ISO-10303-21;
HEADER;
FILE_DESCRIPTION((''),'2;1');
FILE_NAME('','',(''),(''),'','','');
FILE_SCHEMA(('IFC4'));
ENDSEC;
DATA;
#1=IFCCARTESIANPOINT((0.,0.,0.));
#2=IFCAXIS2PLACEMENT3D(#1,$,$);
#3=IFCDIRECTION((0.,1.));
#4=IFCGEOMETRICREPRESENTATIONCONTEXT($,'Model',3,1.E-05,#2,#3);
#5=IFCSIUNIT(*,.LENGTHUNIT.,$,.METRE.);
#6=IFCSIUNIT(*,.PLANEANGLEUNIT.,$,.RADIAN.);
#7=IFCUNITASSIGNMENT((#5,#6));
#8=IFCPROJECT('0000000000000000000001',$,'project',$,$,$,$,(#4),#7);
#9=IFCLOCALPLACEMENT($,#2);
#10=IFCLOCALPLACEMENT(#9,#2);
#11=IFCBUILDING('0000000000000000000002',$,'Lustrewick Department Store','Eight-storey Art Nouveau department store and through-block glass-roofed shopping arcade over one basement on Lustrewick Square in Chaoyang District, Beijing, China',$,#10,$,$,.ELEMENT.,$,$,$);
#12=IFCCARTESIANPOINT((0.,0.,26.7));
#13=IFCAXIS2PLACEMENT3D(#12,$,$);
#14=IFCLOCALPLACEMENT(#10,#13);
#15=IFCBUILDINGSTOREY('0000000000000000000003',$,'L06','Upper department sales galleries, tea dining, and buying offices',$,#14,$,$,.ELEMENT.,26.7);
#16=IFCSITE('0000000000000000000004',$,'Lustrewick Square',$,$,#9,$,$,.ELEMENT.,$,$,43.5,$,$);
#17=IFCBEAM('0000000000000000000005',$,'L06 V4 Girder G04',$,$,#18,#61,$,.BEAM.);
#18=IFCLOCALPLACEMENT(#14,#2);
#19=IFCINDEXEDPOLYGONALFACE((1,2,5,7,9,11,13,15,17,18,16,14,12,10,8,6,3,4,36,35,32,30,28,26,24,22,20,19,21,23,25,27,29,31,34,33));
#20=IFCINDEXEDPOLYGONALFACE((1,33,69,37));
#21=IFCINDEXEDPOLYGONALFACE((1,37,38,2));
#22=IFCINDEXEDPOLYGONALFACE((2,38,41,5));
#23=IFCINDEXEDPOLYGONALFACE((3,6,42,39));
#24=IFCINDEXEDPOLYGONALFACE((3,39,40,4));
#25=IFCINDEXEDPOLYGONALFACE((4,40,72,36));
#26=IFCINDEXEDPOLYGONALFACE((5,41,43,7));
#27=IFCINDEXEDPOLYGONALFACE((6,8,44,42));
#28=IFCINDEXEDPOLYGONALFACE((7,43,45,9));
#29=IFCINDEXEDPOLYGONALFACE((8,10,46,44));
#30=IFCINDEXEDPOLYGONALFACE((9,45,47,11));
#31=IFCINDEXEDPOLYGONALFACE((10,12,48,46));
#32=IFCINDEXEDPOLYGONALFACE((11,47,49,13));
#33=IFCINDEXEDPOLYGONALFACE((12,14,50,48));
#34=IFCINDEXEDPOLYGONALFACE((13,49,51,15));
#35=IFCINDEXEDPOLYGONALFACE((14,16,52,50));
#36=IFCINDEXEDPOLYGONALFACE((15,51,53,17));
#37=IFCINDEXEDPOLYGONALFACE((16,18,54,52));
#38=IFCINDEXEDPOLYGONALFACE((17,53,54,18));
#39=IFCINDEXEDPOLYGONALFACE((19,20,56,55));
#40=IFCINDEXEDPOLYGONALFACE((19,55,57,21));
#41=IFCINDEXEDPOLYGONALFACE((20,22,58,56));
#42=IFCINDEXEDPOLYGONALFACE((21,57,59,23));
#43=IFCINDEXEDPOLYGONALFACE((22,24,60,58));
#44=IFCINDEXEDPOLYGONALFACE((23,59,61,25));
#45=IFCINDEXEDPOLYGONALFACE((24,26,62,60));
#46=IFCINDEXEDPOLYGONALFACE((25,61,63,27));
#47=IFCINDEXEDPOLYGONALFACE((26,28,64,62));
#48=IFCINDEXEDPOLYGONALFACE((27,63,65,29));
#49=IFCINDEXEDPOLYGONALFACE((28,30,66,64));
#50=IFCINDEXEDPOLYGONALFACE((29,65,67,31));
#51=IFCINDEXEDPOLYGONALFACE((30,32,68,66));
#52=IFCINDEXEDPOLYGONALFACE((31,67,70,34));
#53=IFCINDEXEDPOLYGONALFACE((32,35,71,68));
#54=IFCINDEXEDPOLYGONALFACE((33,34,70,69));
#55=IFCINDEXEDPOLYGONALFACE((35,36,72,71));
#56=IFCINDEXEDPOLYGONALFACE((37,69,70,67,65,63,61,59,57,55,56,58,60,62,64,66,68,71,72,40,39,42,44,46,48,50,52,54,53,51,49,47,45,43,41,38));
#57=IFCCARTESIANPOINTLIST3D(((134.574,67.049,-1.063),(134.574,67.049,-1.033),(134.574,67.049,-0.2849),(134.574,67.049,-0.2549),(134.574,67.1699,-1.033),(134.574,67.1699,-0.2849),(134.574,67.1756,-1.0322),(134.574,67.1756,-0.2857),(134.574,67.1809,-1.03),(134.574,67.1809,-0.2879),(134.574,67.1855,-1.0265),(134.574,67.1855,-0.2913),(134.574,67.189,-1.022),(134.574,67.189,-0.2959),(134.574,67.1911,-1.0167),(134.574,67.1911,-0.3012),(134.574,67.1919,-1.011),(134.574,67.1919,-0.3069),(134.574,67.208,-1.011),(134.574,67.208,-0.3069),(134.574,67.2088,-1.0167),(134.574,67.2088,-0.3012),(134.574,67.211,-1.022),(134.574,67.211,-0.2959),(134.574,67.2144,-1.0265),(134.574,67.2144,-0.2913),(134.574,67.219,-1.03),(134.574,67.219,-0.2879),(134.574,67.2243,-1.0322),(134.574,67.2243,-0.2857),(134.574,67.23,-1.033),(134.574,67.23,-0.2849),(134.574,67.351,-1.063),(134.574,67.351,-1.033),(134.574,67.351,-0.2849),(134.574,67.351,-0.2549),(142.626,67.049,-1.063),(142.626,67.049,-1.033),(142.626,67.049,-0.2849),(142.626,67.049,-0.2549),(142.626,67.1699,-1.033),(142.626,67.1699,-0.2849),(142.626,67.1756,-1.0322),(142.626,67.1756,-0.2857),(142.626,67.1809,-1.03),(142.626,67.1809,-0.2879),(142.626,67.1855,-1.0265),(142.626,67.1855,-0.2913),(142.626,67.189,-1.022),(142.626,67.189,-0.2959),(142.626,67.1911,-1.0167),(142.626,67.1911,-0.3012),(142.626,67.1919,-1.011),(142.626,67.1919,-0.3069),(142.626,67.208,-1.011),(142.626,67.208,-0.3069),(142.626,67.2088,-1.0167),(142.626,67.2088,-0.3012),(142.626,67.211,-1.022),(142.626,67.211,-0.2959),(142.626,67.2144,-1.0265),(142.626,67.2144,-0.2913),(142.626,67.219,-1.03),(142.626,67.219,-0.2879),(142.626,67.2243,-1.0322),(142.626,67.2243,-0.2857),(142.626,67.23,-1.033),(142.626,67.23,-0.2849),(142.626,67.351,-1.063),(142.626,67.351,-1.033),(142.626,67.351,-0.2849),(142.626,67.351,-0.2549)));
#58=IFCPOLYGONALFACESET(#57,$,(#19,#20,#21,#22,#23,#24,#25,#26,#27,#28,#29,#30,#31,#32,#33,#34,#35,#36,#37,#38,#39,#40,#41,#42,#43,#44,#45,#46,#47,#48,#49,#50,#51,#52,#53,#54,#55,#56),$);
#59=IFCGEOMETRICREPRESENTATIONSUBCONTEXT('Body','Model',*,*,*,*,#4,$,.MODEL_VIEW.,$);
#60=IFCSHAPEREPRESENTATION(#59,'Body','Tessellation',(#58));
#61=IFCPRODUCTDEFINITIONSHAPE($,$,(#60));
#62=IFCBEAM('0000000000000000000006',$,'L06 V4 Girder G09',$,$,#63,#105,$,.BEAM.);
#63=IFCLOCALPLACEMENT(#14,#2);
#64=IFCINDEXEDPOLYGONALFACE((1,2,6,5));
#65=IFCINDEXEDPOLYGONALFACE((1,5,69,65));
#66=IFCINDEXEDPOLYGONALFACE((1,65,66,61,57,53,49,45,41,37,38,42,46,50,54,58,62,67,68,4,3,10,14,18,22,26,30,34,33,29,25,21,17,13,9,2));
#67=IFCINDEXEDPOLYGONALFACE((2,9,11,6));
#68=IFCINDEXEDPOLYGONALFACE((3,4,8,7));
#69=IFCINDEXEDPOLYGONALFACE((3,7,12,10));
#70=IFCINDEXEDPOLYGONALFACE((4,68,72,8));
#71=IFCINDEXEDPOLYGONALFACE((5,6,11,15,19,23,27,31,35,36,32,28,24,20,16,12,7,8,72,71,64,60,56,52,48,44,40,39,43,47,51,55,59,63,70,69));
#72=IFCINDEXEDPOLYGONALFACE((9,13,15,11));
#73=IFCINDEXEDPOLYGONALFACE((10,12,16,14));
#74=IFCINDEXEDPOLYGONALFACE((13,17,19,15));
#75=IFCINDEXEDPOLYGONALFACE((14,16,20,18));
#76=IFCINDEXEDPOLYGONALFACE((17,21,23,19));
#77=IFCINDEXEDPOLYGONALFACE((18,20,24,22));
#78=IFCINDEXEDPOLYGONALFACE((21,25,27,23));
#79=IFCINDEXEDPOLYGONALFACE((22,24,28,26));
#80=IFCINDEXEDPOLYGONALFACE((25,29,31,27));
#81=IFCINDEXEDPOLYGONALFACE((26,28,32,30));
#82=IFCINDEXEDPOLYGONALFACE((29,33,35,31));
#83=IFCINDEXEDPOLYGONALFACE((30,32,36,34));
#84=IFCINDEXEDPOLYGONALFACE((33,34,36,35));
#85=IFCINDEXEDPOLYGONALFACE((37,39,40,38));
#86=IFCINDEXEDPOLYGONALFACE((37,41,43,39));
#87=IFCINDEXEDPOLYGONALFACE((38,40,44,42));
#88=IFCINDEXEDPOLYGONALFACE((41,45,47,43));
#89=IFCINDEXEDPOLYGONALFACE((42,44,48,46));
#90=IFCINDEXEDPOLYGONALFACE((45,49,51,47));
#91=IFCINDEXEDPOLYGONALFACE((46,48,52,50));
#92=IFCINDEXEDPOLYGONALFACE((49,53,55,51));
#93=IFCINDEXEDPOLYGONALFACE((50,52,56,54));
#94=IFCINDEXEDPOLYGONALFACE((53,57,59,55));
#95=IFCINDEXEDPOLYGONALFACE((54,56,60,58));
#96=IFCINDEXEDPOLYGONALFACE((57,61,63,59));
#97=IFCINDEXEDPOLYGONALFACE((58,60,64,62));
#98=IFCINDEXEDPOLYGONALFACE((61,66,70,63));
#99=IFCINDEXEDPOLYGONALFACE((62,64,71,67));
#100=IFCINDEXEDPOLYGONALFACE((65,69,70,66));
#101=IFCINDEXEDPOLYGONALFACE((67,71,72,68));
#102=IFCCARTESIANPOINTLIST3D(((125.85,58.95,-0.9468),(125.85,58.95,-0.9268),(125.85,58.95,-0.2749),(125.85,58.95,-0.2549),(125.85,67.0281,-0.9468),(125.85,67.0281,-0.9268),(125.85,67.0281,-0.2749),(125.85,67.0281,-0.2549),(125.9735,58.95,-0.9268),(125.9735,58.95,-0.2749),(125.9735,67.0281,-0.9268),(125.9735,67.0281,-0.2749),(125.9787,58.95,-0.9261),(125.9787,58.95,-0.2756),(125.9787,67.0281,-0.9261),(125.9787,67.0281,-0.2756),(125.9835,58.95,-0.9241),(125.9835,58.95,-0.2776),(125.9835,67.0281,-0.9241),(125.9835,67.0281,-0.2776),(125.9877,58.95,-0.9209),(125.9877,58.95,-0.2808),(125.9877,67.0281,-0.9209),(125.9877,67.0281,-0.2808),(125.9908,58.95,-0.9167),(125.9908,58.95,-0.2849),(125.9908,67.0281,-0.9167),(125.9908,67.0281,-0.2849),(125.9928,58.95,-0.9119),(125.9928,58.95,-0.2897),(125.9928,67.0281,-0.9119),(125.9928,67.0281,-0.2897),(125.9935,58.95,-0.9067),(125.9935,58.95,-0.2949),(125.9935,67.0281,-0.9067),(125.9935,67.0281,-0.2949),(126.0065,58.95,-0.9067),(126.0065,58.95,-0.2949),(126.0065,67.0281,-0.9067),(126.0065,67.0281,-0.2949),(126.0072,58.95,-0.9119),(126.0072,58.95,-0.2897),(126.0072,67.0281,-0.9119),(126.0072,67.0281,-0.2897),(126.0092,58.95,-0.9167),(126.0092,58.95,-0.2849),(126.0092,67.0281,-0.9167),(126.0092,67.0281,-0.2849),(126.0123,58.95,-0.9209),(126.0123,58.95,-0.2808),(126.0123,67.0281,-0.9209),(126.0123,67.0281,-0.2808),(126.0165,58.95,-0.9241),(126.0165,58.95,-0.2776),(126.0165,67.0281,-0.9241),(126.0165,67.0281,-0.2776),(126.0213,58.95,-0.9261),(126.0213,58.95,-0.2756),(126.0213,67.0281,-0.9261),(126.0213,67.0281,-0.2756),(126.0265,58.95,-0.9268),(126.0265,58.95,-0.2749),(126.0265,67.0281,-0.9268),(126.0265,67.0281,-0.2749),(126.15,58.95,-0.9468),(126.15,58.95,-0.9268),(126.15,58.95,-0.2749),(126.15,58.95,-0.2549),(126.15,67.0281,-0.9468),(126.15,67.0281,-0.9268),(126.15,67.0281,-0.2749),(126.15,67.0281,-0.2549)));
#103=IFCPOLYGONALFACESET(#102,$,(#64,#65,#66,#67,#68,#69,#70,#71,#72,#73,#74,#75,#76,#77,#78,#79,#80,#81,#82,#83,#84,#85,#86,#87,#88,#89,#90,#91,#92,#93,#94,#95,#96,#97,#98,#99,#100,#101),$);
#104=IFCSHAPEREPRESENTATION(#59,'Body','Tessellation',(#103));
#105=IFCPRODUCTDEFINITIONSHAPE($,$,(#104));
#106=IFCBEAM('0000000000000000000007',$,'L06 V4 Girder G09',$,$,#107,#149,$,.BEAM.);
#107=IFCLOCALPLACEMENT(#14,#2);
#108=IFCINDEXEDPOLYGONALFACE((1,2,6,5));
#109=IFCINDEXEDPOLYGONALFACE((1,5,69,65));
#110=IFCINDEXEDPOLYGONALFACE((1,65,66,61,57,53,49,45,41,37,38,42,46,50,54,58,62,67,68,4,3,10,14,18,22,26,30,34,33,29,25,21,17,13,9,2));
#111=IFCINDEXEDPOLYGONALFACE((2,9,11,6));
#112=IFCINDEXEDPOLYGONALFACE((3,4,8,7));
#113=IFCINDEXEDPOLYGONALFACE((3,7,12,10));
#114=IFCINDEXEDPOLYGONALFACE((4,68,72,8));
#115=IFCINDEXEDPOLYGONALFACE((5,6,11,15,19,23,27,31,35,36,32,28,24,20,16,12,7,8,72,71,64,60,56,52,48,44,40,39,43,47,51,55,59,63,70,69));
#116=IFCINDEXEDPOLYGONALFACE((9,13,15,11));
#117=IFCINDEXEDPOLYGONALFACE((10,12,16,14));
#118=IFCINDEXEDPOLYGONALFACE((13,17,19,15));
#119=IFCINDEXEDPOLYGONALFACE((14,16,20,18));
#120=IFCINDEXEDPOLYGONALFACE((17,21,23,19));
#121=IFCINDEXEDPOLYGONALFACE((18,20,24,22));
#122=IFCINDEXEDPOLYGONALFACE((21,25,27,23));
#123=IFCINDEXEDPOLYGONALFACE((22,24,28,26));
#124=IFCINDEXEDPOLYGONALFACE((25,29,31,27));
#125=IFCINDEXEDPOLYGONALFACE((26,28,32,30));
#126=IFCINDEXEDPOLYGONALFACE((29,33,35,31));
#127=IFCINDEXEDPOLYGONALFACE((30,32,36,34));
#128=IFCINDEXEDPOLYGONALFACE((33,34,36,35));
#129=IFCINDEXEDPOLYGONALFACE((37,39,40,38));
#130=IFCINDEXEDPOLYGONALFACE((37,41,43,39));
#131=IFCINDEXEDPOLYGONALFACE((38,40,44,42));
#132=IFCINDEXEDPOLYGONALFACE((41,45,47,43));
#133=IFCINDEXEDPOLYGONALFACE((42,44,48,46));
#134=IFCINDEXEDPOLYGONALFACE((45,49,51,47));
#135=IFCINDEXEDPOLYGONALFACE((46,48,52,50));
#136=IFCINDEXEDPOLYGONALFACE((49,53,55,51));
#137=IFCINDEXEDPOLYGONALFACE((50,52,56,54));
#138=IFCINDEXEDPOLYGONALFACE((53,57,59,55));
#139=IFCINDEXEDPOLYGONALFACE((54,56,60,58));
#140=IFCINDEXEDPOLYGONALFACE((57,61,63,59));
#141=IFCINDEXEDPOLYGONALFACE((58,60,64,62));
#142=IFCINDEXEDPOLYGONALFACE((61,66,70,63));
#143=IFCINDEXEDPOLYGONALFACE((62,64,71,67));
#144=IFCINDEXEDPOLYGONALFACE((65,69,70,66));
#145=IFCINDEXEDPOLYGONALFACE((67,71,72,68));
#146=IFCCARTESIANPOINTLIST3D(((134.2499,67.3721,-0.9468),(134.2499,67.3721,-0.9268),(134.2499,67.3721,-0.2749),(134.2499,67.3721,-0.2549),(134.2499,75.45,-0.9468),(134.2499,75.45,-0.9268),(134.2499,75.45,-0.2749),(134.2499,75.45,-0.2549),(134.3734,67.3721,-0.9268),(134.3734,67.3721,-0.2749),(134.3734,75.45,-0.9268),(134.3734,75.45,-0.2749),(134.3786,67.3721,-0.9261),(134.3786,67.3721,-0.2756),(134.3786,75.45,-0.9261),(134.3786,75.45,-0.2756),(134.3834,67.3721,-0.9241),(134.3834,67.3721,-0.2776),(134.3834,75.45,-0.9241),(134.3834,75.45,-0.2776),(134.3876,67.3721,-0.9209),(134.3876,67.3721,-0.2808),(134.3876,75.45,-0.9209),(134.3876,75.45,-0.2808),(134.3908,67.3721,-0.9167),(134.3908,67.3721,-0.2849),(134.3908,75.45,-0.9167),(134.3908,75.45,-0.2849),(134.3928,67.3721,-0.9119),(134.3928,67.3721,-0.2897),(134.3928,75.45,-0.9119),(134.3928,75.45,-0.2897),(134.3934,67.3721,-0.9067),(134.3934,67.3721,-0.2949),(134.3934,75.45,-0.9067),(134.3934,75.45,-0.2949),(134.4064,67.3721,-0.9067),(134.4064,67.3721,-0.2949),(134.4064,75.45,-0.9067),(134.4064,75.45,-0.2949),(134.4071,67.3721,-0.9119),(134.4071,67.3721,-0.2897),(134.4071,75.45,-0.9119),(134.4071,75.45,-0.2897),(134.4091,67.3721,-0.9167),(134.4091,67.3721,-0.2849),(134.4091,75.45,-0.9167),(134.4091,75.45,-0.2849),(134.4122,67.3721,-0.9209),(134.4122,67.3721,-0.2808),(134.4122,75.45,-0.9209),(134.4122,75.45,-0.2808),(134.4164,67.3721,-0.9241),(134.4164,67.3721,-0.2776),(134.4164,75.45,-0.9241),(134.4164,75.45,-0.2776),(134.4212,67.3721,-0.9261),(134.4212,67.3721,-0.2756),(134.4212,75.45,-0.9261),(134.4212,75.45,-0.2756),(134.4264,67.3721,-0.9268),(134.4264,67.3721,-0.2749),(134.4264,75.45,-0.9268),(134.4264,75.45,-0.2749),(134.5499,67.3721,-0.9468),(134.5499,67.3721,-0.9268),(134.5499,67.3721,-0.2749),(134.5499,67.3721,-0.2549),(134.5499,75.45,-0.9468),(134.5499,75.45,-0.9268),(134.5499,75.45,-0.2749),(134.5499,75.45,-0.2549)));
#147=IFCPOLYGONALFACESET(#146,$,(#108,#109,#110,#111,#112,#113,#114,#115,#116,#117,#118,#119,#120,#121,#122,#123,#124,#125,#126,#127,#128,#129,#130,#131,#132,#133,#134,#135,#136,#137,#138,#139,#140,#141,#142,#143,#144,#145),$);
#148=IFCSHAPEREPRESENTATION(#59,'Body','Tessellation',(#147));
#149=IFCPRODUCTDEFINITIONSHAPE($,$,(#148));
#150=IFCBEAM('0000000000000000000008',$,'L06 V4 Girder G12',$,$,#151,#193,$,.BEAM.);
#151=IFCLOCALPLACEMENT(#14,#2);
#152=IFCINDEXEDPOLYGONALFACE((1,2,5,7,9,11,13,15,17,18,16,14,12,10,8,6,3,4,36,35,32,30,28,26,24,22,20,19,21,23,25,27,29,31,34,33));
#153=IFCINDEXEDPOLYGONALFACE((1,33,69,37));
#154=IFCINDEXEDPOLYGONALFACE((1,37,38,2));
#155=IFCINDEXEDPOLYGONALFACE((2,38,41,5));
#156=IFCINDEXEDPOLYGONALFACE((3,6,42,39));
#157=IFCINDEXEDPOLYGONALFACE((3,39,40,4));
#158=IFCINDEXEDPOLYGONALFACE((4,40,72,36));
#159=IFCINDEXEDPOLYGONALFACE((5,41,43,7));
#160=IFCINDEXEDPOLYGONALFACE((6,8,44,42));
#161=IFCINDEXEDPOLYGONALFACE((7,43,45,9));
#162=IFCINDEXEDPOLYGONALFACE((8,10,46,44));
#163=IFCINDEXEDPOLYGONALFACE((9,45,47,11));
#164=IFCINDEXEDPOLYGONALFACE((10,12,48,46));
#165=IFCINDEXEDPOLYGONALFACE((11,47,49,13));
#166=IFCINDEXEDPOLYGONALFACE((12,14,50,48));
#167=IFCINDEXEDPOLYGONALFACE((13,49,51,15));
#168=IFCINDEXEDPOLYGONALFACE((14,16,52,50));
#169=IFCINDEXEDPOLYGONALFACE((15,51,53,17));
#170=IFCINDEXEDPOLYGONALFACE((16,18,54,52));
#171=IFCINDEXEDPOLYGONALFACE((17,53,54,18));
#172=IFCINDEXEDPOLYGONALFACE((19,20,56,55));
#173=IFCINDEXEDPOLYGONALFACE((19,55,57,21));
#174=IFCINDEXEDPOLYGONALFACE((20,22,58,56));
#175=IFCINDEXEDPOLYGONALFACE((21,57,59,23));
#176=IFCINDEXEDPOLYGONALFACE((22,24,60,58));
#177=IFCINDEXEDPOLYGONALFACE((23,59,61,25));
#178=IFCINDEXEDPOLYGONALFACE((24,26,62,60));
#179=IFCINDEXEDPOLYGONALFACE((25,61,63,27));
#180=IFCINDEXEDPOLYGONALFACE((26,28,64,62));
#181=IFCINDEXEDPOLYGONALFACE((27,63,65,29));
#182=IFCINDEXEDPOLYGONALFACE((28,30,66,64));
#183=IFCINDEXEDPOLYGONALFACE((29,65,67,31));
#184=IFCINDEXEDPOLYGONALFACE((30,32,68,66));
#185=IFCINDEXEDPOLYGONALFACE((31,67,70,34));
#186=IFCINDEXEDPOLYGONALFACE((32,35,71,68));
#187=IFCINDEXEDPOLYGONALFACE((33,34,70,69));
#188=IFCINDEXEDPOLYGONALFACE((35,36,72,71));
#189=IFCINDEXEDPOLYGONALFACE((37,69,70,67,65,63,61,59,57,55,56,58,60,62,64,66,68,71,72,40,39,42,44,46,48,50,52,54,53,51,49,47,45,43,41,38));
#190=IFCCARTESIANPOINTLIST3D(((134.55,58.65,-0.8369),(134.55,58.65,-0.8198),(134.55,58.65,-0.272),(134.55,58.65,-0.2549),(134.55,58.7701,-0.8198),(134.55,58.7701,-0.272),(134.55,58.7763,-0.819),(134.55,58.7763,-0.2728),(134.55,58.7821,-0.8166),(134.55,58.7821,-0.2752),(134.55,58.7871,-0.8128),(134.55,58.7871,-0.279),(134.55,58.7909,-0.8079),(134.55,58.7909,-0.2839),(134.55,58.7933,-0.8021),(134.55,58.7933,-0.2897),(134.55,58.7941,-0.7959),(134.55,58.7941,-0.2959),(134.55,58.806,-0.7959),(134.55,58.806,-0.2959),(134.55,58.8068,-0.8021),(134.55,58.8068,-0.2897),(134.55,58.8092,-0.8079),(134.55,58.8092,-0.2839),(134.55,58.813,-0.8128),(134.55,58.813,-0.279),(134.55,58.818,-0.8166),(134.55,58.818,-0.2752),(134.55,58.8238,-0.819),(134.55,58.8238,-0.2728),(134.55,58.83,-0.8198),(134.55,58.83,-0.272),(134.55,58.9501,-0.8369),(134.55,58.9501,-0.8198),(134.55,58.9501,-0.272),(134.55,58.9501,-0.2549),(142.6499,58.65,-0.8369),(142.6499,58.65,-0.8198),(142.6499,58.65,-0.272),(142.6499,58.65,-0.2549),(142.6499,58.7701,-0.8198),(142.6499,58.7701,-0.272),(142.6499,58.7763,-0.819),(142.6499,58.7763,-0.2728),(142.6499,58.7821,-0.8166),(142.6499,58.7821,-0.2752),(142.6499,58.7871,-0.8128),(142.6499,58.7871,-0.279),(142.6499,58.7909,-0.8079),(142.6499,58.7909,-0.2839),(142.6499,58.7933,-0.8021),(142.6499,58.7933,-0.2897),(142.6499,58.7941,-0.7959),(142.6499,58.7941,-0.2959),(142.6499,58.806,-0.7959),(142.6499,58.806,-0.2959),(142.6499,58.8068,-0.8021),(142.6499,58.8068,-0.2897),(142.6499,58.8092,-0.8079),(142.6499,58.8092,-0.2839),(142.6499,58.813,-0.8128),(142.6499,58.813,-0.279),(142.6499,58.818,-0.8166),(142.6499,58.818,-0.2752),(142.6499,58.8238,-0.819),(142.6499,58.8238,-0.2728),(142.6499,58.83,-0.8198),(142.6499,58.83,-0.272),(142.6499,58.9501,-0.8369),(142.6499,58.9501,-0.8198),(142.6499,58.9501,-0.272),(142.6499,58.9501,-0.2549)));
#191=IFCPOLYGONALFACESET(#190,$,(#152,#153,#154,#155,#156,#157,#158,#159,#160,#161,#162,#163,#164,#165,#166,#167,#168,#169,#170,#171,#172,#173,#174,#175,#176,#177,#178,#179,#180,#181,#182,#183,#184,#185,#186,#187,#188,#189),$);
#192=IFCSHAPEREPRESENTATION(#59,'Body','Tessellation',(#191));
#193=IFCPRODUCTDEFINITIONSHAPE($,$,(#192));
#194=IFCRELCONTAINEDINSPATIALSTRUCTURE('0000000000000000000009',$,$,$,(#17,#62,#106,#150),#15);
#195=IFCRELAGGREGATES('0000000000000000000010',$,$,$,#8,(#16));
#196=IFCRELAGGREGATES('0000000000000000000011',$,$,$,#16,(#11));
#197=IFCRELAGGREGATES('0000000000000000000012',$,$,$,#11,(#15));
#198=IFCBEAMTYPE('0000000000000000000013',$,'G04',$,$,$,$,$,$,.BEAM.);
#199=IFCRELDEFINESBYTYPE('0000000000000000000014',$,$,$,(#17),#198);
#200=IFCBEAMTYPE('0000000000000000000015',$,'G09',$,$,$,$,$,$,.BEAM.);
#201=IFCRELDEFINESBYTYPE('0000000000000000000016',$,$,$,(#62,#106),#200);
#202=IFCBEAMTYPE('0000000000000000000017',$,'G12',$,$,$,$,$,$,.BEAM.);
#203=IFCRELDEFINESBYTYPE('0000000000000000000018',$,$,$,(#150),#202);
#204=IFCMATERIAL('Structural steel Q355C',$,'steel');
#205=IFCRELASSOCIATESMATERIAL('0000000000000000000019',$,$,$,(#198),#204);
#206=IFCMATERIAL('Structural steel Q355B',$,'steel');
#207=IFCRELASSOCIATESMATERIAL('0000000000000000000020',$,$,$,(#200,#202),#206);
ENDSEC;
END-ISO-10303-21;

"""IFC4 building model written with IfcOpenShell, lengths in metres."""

from ifc_helpers import new_model, si_unit, direction, frame, origin, origin_2d, place, context, subcontext, project, spatial, i_section, extrude, material, material_profile, profile_set, type_object, element, save


model = new_model("IFC4")

# Units and contexts
model_context = context("Model", 3, precision=1e-05, world=origin(), true_north=direction((0.0, 1.0)))
body_context = subcontext(model_context, "Body", "Model", "MODEL_VIEW")
ifc_project = project(units=[si_unit("LENGTHUNIT", "METRE"), si_unit("PLANEANGLEUNIT", "RADIAN")], contexts=[model_context])

# Site, building, storey
site_placement = place(None, origin())
site = spatial("IfcSite", under=ifc_project, at=site_placement, Name="Lustrewick Square", CompositionType="ELEMENT", RefElevation=43.5)
building_placement = place(site_placement, origin())
building = spatial("IfcBuilding", under=site, at=building_placement, Name="Lustrewick Department Store", Description="Eight-storey Art Nouveau department store and through-block glass-roofed shopping arcade over one basement on Lustrewick Square in Chaoyang District, Beijing, China", CompositionType="ELEMENT")
storey_placement = place(building_placement, frame((0.0, 0.0, 26.7)))
storey = spatial("IfcBuildingStorey", under=building, at=storey_placement, Name="L06", Description="Upper department sales galleries, tea dining, and buying offices", CompositionType="ELEMENT", Elevation=26.7)

# Shared definitions
ifc_material_1 = material(Name="Structural steel Q355B", Category="steel")

# Shared definitions
ifc_material_2 = material(Name="Structural steel Q355C", Category="steel")

# Beams
ifc_material_profile_1 = material_profile(ifc_material_2, i_section(OverallWidth=0.302, OverallDepth=0.8081, WebThickness=0.0161, FlangeThickness=0.03, FilletRadius=0.022, at=origin_2d()), Name="HN 808x302x16x30")
ifc_profile_set_1 = profile_set([ifc_material_profile_1], Name="Structural steel Q355C")
beam_type_1 = type_object("IfcBeamType", Name="G04", PredefinedType="BEAM", material=ifc_profile_set_1)
beam_1_placement = place(storey_placement, frame((134.574, 67.2, -0.6589), z_axis=(1.0, 0.0, 0.0), x_axis=(0.0, 1.0, 0.0)))
element("IfcBeam", 1, at=beam_1_placement, inside=storey, type_object=beam_type_1, Name="L06 V4 Girder G04", PredefinedType="BEAM", context=body_context, shape_type="SweptSolid", body=[
    extrude(i_section(OverallWidth=0.302, OverallDepth=0.8081, WebThickness=0.0161, FlangeThickness=0.03, FilletRadius=0.022, at=origin_2d()), origin(), (0.0, 0.0, 1.0), 8.052),
])
ifc_material_profile_2 = material_profile(ifc_material_1, i_section(OverallWidth=0.3, OverallDepth=0.6919, WebThickness=0.0129, FlangeThickness=0.02, FilletRadius=0.02, at=origin_2d()), Name="HN 692x300x13x20")
ifc_profile_set_2 = profile_set([ifc_material_profile_2], Name="Structural steel Q355B")
beam_type_2 = type_object("IfcBeamType", Name="G09", PredefinedType="BEAM", material=ifc_profile_set_2)
beam_2_placement = place(storey_placement, frame((126.0, 58.95, -0.6008), z_axis=(0.0, 1.0, 0.0), x_axis=(-1.0, 0.0, 0.0)))
element("IfcBeam", 2, at=beam_2_placement, inside=storey, type_object=beam_type_2, Name="L06 V4 Girder G09", PredefinedType="BEAM", context=body_context, shape_type="SweptSolid", body=[
    extrude(i_section(OverallWidth=0.3, OverallDepth=0.6919, WebThickness=0.0129, FlangeThickness=0.02, FilletRadius=0.02, at=origin_2d()), origin(), (0.0, 0.0, 1.0), 8.0781),
])
beam_3_placement = place(storey_placement, frame((134.3999, 67.3721, -0.6008), z_axis=(0.0, 1.0, 0.0), x_axis=(-1.0, 0.0, 0.0)))
element("IfcBeam", 3, at=beam_3_placement, inside=storey, type_object=beam_type_2, Name="L06 V4 Girder G09", PredefinedType="BEAM", context=body_context, shape_type="SweptSolid", body=[
    extrude(i_section(OverallWidth=0.3, OverallDepth=0.6919, WebThickness=0.0129, FlangeThickness=0.02, FilletRadius=0.02, at=origin_2d()), origin(), (0.0, 0.0, 1.0), 8.0779),
])
ifc_material_profile_3 = material_profile(ifc_material_1, i_section(OverallWidth=0.3, OverallDepth=0.582, WebThickness=0.012, FlangeThickness=0.0171, FilletRadius=0.0239, at=origin_2d()), Name="HM 582x300x12x17")
ifc_profile_set_3 = profile_set([ifc_material_profile_3], Name="Structural steel Q355B")
beam_type_3 = type_object("IfcBeamType", Name="G12", PredefinedType="BEAM", material=ifc_profile_set_3)
beam_4_placement = place(storey_placement, frame((134.55, 58.8, -0.5459), z_axis=(1.0, 0.0, 0.0), x_axis=(0.0, 1.0, 0.0)))
element("IfcBeam", 4, at=beam_4_placement, inside=storey, type_object=beam_type_3, Name="L06 V4 Girder G12", PredefinedType="BEAM", context=body_context, shape_type="SweptSolid", body=[
    extrude(i_section(OverallWidth=0.3, OverallDepth=0.582, WebThickness=0.012, FlangeThickness=0.0171, FilletRadius=0.0239, at=origin_2d()), origin(), (0.0, 0.0, 1.0), 8.0999),
])

save(model, "model.ifc")
